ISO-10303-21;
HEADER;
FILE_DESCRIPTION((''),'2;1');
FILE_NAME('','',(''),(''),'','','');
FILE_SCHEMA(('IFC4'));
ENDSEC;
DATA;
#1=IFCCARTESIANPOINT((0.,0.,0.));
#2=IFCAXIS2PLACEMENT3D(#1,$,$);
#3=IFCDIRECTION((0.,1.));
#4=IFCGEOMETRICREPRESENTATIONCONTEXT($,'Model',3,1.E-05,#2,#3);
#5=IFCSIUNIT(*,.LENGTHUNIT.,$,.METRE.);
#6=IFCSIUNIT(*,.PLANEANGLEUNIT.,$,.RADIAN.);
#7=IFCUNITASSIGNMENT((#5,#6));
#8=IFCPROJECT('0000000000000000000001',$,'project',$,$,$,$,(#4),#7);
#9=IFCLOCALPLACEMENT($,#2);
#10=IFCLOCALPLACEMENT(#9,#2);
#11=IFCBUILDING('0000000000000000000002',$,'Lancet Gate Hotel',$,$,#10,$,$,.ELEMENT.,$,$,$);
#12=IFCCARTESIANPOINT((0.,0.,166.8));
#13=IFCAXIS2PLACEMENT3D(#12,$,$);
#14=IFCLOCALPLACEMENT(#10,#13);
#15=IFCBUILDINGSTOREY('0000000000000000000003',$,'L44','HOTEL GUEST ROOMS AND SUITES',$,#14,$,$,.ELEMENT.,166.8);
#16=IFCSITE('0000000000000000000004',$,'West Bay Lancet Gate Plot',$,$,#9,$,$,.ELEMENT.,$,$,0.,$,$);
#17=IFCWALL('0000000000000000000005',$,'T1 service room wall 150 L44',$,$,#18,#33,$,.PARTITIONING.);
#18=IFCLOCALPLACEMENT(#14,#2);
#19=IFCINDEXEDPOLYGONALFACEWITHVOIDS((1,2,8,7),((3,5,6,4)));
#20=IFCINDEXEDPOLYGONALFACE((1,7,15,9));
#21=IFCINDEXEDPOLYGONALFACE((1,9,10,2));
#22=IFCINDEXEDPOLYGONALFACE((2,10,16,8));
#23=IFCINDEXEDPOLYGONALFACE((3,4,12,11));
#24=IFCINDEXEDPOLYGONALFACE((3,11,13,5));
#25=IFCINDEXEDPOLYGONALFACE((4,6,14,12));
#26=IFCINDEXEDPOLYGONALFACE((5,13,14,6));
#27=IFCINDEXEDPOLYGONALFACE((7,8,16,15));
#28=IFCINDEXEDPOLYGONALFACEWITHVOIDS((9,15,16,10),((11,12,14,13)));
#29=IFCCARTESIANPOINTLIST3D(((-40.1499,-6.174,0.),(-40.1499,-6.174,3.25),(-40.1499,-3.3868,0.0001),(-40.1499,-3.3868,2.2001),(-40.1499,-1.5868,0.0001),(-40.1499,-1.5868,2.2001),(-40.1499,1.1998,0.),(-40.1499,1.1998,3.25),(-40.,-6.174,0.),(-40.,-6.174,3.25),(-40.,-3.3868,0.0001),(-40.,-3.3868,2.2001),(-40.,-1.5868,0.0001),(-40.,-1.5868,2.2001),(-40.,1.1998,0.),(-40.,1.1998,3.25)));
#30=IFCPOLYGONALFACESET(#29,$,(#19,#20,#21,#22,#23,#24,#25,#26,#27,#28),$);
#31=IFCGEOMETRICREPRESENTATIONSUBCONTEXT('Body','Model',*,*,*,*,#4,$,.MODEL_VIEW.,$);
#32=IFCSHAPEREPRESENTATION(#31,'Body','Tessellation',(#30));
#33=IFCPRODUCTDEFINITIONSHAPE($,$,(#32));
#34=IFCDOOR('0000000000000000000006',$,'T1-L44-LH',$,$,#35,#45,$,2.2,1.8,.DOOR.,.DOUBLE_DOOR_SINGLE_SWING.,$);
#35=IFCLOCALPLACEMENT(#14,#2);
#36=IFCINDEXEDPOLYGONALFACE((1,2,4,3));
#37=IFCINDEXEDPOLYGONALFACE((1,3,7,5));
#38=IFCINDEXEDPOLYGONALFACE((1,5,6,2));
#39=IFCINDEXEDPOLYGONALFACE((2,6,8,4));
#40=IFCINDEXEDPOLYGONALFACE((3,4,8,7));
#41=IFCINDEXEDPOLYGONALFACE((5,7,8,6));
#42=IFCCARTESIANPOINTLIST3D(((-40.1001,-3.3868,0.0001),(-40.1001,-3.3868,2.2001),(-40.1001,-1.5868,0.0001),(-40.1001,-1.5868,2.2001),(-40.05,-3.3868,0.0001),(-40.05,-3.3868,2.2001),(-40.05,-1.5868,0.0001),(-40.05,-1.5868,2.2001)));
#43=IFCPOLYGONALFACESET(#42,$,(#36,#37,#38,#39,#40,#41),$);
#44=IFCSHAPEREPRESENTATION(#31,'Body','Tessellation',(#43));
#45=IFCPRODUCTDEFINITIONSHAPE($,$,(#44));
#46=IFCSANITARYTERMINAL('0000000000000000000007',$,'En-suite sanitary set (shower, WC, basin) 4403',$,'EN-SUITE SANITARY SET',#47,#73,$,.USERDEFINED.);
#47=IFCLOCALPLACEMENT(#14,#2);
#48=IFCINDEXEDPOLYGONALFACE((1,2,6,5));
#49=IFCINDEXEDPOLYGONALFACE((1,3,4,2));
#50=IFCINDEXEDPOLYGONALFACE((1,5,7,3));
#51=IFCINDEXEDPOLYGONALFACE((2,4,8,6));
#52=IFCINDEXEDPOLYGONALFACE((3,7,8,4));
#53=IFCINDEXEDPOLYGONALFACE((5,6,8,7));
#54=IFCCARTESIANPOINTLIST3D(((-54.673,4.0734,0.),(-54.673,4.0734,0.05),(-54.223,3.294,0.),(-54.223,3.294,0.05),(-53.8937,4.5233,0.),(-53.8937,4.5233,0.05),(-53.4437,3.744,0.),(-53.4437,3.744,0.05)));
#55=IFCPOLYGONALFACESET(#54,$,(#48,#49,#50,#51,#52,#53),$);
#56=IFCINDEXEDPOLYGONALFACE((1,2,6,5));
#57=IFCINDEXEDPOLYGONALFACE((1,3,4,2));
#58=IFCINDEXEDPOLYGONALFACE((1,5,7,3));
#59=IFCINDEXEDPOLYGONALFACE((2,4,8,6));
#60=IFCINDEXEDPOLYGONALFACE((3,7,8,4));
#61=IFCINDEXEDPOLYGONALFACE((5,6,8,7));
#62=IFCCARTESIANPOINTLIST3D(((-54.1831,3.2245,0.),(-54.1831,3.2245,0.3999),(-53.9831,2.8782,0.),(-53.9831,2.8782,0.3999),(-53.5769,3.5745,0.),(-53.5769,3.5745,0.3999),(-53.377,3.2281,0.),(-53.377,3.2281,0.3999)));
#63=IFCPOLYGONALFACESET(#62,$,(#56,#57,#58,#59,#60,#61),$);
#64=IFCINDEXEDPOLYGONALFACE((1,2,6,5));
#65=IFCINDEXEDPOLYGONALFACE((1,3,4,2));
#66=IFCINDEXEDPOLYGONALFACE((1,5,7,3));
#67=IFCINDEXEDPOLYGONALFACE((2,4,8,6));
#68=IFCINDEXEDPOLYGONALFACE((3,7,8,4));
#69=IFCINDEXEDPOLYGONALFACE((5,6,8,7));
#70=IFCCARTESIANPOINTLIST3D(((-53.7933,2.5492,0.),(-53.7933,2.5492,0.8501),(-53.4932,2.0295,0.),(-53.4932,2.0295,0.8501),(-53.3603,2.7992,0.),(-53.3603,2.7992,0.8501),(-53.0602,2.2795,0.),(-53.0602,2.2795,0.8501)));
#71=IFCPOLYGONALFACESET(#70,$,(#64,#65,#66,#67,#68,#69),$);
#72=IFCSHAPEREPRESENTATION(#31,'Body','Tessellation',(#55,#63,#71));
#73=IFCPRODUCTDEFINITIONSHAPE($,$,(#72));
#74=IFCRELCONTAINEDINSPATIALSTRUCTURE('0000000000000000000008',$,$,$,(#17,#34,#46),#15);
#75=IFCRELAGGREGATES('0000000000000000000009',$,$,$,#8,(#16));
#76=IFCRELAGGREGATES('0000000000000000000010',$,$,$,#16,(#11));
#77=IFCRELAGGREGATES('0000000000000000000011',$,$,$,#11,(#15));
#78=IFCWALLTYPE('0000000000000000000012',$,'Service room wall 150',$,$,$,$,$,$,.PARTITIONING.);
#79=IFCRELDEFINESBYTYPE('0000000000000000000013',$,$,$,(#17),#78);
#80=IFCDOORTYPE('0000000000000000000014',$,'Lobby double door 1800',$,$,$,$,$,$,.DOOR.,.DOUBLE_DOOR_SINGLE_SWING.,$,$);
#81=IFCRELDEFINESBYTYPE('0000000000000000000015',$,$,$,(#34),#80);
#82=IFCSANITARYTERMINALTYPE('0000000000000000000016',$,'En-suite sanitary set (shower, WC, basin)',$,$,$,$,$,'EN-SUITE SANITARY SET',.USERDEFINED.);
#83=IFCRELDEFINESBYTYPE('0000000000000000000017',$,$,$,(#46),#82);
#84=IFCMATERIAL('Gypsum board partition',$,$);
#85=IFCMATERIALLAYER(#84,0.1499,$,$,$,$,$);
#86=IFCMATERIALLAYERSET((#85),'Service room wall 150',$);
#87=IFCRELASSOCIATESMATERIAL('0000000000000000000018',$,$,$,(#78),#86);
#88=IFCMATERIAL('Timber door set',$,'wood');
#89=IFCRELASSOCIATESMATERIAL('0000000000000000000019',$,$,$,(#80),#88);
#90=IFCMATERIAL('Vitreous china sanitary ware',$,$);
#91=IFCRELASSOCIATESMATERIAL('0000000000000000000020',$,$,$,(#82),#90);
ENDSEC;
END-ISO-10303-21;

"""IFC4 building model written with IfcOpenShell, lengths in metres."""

from ifc_helpers import new_model, si_unit, direction, frame, frame_2d, origin, origin_2d, place, context, subcontext, project, spatial, rectangle, extrude, material, layer, layer_set, type_object, element, fill, save


model = new_model("IFC4")

# Units and contexts
model_context = context("Model", 3, precision=1e-05, world=origin(), true_north=direction((0.0, 1.0)))
body_context = subcontext(model_context, "Body", "Model", "MODEL_VIEW")
ifc_project = project(units=[si_unit("LENGTHUNIT", "METRE"), si_unit("PLANEANGLEUNIT", "RADIAN")], contexts=[model_context])

# Site, building, storey
site_placement = place(None, origin())
site = spatial("IfcSite", under=ifc_project, at=site_placement, Name="West Bay Lancet Gate Plot", CompositionType="ELEMENT", RefElevation=0.0)
building_placement = place(site_placement, origin())
building = spatial("IfcBuilding", under=site, at=building_placement, Name="Lancet Gate Hotel", CompositionType="ELEMENT")
storey_placement = place(building_placement, frame((0.0, 0.0, 166.8)))
storey = spatial("IfcBuildingStorey", under=building, at=storey_placement, Name="L44", Description="HOTEL GUEST ROOMS AND SUITES", CompositionType="ELEMENT", Elevation=166.8)

# Wall, opening, door
ifc_material_1 = material(Name="Gypsum board partition")
ifc_layer_1 = layer(ifc_material_1, 0.1499)
ifc_layer_set_1 = layer_set([ifc_layer_1], Name="Service room wall 150")
wall_type_1 = type_object("IfcWallType", Name="Service room wall 150", PredefinedType="PARTITIONING", material=ifc_layer_set_1)
wall_1_placement = place(storey_placement, frame((-40.075, 1.2, 0.0), z_axis=(0.0, 0.0, 1.0), x_axis=(0.0, -1.0, 0.0)))
wall_1 = element("IfcWall", 1, at=wall_1_placement, inside=storey, type_object=wall_type_1, Name="T1 service room wall 150 L44", PredefinedType="PARTITIONING", context=body_context, shape_type="SweptSolid", body=[
    extrude(rectangle(XDim=7.3738, YDim=0.1499, at=frame_2d((3.687, 0.0))), origin(), (0.0, 0.0, 1.0), 3.25),
])
opening_1_placement = place(wall_1_placement, frame((2.7869, 0.0, 0.0)))
opening_1 = element("IfcOpeningElement", 2, at=opening_1_placement, cuts=wall_1, PredefinedType="OPENING", context=body_context, shape_type="SweptSolid", body=[
    extrude(rectangle(XDim=1.8, YDim=2.2, at=frame_2d((0.8999, 1.1001))), frame((0.0, 0.085, 0.0), z_axis=(0.0, -1.0, 0.0), x_axis=(1.0, 0.0, 0.0)), (0.0, 0.0, 1.0), 0.1699),
])
ifc_material_2 = material(Name="Timber door set", Category="wood")
door_type_1 = type_object("IfcDoorType", Name="Lobby double door 1800", OperationType="DOUBLE_DOOR_SINGLE_SWING", PredefinedType="DOOR", material=ifc_material_2)
door_1_placement = place(opening_1_placement, origin())
door_1 = element("IfcDoor", 3, at=door_1_placement, inside=storey, type_object=door_type_1, Name="T1-L44-LH", OperationType="DOUBLE_DOOR_SINGLE_SWING", OverallHeight=2.2, OverallWidth=1.8, PredefinedType="DOOR", context=body_context, shape_type="SweptSolid", body=[
    extrude(rectangle(XDim=1.8, YDim=2.2, at=frame_2d((0.8999, 1.1001))), frame((0.0, 0.0249, 0.0), z_axis=(0.0, -1.0, 0.0), x_axis=(1.0, 0.0, 0.0)), (0.0, 0.0, 1.0), 0.05),
])
fill(opening_1, door_1)

# Sanitary terminal
ifc_material_3 = material(Name="Vitreous china sanitary ware")
sanitary_terminal_type = type_object("IfcSanitaryTerminalType", Name="En-suite sanitary set (shower, WC, basin)", ElementType="EN-SUITE SANITARY SET", PredefinedType="USERDEFINED", material=ifc_material_3)
sanitary_terminal_placement = place(storey_placement, frame((-54.0583, 3.9087, 0.0), z_axis=(0.0, 0.0, 1.0), x_axis=(1.0, 0.0, 0.0)))
element("IfcSanitaryTerminal", 4, at=sanitary_terminal_placement, inside=storey, type_object=sanitary_terminal_type, Name="En-suite sanitary set (shower, WC, basin) 4403", ObjectType="EN-SUITE SANITARY SET", PredefinedType="USERDEFINED", context=body_context, shape_type="SweptSolid", body=[
    extrude(rectangle(XDim=0.8999, YDim=0.8999, at=origin_2d()), frame((0.0, 0.0, 0.0), z_axis=(0.0, 0.0, 1.0), x_axis=(-0.5, 0.866025, 0.0)), (0.0, 0.0, 1.0), 0.05),
    extrude(rectangle(XDim=0.3999, YDim=0.7, at=origin_2d()), frame((0.2783, -0.6824, 0.0), z_axis=(0.0, 0.0, 1.0), x_axis=(-0.5, 0.866025, 0.0)), (0.0, 0.0, 1.0), 0.3999),
    extrude(rectangle(XDim=0.6001, YDim=0.5, at=origin_2d()), frame((0.6316, -1.4944, 0.0), z_axis=(0.0, 0.0, 1.0), x_axis=(-0.5, 0.866025, 0.0)), (0.0, 0.0, 1.0), 0.8501),
])

save(model, "model.ifc")
